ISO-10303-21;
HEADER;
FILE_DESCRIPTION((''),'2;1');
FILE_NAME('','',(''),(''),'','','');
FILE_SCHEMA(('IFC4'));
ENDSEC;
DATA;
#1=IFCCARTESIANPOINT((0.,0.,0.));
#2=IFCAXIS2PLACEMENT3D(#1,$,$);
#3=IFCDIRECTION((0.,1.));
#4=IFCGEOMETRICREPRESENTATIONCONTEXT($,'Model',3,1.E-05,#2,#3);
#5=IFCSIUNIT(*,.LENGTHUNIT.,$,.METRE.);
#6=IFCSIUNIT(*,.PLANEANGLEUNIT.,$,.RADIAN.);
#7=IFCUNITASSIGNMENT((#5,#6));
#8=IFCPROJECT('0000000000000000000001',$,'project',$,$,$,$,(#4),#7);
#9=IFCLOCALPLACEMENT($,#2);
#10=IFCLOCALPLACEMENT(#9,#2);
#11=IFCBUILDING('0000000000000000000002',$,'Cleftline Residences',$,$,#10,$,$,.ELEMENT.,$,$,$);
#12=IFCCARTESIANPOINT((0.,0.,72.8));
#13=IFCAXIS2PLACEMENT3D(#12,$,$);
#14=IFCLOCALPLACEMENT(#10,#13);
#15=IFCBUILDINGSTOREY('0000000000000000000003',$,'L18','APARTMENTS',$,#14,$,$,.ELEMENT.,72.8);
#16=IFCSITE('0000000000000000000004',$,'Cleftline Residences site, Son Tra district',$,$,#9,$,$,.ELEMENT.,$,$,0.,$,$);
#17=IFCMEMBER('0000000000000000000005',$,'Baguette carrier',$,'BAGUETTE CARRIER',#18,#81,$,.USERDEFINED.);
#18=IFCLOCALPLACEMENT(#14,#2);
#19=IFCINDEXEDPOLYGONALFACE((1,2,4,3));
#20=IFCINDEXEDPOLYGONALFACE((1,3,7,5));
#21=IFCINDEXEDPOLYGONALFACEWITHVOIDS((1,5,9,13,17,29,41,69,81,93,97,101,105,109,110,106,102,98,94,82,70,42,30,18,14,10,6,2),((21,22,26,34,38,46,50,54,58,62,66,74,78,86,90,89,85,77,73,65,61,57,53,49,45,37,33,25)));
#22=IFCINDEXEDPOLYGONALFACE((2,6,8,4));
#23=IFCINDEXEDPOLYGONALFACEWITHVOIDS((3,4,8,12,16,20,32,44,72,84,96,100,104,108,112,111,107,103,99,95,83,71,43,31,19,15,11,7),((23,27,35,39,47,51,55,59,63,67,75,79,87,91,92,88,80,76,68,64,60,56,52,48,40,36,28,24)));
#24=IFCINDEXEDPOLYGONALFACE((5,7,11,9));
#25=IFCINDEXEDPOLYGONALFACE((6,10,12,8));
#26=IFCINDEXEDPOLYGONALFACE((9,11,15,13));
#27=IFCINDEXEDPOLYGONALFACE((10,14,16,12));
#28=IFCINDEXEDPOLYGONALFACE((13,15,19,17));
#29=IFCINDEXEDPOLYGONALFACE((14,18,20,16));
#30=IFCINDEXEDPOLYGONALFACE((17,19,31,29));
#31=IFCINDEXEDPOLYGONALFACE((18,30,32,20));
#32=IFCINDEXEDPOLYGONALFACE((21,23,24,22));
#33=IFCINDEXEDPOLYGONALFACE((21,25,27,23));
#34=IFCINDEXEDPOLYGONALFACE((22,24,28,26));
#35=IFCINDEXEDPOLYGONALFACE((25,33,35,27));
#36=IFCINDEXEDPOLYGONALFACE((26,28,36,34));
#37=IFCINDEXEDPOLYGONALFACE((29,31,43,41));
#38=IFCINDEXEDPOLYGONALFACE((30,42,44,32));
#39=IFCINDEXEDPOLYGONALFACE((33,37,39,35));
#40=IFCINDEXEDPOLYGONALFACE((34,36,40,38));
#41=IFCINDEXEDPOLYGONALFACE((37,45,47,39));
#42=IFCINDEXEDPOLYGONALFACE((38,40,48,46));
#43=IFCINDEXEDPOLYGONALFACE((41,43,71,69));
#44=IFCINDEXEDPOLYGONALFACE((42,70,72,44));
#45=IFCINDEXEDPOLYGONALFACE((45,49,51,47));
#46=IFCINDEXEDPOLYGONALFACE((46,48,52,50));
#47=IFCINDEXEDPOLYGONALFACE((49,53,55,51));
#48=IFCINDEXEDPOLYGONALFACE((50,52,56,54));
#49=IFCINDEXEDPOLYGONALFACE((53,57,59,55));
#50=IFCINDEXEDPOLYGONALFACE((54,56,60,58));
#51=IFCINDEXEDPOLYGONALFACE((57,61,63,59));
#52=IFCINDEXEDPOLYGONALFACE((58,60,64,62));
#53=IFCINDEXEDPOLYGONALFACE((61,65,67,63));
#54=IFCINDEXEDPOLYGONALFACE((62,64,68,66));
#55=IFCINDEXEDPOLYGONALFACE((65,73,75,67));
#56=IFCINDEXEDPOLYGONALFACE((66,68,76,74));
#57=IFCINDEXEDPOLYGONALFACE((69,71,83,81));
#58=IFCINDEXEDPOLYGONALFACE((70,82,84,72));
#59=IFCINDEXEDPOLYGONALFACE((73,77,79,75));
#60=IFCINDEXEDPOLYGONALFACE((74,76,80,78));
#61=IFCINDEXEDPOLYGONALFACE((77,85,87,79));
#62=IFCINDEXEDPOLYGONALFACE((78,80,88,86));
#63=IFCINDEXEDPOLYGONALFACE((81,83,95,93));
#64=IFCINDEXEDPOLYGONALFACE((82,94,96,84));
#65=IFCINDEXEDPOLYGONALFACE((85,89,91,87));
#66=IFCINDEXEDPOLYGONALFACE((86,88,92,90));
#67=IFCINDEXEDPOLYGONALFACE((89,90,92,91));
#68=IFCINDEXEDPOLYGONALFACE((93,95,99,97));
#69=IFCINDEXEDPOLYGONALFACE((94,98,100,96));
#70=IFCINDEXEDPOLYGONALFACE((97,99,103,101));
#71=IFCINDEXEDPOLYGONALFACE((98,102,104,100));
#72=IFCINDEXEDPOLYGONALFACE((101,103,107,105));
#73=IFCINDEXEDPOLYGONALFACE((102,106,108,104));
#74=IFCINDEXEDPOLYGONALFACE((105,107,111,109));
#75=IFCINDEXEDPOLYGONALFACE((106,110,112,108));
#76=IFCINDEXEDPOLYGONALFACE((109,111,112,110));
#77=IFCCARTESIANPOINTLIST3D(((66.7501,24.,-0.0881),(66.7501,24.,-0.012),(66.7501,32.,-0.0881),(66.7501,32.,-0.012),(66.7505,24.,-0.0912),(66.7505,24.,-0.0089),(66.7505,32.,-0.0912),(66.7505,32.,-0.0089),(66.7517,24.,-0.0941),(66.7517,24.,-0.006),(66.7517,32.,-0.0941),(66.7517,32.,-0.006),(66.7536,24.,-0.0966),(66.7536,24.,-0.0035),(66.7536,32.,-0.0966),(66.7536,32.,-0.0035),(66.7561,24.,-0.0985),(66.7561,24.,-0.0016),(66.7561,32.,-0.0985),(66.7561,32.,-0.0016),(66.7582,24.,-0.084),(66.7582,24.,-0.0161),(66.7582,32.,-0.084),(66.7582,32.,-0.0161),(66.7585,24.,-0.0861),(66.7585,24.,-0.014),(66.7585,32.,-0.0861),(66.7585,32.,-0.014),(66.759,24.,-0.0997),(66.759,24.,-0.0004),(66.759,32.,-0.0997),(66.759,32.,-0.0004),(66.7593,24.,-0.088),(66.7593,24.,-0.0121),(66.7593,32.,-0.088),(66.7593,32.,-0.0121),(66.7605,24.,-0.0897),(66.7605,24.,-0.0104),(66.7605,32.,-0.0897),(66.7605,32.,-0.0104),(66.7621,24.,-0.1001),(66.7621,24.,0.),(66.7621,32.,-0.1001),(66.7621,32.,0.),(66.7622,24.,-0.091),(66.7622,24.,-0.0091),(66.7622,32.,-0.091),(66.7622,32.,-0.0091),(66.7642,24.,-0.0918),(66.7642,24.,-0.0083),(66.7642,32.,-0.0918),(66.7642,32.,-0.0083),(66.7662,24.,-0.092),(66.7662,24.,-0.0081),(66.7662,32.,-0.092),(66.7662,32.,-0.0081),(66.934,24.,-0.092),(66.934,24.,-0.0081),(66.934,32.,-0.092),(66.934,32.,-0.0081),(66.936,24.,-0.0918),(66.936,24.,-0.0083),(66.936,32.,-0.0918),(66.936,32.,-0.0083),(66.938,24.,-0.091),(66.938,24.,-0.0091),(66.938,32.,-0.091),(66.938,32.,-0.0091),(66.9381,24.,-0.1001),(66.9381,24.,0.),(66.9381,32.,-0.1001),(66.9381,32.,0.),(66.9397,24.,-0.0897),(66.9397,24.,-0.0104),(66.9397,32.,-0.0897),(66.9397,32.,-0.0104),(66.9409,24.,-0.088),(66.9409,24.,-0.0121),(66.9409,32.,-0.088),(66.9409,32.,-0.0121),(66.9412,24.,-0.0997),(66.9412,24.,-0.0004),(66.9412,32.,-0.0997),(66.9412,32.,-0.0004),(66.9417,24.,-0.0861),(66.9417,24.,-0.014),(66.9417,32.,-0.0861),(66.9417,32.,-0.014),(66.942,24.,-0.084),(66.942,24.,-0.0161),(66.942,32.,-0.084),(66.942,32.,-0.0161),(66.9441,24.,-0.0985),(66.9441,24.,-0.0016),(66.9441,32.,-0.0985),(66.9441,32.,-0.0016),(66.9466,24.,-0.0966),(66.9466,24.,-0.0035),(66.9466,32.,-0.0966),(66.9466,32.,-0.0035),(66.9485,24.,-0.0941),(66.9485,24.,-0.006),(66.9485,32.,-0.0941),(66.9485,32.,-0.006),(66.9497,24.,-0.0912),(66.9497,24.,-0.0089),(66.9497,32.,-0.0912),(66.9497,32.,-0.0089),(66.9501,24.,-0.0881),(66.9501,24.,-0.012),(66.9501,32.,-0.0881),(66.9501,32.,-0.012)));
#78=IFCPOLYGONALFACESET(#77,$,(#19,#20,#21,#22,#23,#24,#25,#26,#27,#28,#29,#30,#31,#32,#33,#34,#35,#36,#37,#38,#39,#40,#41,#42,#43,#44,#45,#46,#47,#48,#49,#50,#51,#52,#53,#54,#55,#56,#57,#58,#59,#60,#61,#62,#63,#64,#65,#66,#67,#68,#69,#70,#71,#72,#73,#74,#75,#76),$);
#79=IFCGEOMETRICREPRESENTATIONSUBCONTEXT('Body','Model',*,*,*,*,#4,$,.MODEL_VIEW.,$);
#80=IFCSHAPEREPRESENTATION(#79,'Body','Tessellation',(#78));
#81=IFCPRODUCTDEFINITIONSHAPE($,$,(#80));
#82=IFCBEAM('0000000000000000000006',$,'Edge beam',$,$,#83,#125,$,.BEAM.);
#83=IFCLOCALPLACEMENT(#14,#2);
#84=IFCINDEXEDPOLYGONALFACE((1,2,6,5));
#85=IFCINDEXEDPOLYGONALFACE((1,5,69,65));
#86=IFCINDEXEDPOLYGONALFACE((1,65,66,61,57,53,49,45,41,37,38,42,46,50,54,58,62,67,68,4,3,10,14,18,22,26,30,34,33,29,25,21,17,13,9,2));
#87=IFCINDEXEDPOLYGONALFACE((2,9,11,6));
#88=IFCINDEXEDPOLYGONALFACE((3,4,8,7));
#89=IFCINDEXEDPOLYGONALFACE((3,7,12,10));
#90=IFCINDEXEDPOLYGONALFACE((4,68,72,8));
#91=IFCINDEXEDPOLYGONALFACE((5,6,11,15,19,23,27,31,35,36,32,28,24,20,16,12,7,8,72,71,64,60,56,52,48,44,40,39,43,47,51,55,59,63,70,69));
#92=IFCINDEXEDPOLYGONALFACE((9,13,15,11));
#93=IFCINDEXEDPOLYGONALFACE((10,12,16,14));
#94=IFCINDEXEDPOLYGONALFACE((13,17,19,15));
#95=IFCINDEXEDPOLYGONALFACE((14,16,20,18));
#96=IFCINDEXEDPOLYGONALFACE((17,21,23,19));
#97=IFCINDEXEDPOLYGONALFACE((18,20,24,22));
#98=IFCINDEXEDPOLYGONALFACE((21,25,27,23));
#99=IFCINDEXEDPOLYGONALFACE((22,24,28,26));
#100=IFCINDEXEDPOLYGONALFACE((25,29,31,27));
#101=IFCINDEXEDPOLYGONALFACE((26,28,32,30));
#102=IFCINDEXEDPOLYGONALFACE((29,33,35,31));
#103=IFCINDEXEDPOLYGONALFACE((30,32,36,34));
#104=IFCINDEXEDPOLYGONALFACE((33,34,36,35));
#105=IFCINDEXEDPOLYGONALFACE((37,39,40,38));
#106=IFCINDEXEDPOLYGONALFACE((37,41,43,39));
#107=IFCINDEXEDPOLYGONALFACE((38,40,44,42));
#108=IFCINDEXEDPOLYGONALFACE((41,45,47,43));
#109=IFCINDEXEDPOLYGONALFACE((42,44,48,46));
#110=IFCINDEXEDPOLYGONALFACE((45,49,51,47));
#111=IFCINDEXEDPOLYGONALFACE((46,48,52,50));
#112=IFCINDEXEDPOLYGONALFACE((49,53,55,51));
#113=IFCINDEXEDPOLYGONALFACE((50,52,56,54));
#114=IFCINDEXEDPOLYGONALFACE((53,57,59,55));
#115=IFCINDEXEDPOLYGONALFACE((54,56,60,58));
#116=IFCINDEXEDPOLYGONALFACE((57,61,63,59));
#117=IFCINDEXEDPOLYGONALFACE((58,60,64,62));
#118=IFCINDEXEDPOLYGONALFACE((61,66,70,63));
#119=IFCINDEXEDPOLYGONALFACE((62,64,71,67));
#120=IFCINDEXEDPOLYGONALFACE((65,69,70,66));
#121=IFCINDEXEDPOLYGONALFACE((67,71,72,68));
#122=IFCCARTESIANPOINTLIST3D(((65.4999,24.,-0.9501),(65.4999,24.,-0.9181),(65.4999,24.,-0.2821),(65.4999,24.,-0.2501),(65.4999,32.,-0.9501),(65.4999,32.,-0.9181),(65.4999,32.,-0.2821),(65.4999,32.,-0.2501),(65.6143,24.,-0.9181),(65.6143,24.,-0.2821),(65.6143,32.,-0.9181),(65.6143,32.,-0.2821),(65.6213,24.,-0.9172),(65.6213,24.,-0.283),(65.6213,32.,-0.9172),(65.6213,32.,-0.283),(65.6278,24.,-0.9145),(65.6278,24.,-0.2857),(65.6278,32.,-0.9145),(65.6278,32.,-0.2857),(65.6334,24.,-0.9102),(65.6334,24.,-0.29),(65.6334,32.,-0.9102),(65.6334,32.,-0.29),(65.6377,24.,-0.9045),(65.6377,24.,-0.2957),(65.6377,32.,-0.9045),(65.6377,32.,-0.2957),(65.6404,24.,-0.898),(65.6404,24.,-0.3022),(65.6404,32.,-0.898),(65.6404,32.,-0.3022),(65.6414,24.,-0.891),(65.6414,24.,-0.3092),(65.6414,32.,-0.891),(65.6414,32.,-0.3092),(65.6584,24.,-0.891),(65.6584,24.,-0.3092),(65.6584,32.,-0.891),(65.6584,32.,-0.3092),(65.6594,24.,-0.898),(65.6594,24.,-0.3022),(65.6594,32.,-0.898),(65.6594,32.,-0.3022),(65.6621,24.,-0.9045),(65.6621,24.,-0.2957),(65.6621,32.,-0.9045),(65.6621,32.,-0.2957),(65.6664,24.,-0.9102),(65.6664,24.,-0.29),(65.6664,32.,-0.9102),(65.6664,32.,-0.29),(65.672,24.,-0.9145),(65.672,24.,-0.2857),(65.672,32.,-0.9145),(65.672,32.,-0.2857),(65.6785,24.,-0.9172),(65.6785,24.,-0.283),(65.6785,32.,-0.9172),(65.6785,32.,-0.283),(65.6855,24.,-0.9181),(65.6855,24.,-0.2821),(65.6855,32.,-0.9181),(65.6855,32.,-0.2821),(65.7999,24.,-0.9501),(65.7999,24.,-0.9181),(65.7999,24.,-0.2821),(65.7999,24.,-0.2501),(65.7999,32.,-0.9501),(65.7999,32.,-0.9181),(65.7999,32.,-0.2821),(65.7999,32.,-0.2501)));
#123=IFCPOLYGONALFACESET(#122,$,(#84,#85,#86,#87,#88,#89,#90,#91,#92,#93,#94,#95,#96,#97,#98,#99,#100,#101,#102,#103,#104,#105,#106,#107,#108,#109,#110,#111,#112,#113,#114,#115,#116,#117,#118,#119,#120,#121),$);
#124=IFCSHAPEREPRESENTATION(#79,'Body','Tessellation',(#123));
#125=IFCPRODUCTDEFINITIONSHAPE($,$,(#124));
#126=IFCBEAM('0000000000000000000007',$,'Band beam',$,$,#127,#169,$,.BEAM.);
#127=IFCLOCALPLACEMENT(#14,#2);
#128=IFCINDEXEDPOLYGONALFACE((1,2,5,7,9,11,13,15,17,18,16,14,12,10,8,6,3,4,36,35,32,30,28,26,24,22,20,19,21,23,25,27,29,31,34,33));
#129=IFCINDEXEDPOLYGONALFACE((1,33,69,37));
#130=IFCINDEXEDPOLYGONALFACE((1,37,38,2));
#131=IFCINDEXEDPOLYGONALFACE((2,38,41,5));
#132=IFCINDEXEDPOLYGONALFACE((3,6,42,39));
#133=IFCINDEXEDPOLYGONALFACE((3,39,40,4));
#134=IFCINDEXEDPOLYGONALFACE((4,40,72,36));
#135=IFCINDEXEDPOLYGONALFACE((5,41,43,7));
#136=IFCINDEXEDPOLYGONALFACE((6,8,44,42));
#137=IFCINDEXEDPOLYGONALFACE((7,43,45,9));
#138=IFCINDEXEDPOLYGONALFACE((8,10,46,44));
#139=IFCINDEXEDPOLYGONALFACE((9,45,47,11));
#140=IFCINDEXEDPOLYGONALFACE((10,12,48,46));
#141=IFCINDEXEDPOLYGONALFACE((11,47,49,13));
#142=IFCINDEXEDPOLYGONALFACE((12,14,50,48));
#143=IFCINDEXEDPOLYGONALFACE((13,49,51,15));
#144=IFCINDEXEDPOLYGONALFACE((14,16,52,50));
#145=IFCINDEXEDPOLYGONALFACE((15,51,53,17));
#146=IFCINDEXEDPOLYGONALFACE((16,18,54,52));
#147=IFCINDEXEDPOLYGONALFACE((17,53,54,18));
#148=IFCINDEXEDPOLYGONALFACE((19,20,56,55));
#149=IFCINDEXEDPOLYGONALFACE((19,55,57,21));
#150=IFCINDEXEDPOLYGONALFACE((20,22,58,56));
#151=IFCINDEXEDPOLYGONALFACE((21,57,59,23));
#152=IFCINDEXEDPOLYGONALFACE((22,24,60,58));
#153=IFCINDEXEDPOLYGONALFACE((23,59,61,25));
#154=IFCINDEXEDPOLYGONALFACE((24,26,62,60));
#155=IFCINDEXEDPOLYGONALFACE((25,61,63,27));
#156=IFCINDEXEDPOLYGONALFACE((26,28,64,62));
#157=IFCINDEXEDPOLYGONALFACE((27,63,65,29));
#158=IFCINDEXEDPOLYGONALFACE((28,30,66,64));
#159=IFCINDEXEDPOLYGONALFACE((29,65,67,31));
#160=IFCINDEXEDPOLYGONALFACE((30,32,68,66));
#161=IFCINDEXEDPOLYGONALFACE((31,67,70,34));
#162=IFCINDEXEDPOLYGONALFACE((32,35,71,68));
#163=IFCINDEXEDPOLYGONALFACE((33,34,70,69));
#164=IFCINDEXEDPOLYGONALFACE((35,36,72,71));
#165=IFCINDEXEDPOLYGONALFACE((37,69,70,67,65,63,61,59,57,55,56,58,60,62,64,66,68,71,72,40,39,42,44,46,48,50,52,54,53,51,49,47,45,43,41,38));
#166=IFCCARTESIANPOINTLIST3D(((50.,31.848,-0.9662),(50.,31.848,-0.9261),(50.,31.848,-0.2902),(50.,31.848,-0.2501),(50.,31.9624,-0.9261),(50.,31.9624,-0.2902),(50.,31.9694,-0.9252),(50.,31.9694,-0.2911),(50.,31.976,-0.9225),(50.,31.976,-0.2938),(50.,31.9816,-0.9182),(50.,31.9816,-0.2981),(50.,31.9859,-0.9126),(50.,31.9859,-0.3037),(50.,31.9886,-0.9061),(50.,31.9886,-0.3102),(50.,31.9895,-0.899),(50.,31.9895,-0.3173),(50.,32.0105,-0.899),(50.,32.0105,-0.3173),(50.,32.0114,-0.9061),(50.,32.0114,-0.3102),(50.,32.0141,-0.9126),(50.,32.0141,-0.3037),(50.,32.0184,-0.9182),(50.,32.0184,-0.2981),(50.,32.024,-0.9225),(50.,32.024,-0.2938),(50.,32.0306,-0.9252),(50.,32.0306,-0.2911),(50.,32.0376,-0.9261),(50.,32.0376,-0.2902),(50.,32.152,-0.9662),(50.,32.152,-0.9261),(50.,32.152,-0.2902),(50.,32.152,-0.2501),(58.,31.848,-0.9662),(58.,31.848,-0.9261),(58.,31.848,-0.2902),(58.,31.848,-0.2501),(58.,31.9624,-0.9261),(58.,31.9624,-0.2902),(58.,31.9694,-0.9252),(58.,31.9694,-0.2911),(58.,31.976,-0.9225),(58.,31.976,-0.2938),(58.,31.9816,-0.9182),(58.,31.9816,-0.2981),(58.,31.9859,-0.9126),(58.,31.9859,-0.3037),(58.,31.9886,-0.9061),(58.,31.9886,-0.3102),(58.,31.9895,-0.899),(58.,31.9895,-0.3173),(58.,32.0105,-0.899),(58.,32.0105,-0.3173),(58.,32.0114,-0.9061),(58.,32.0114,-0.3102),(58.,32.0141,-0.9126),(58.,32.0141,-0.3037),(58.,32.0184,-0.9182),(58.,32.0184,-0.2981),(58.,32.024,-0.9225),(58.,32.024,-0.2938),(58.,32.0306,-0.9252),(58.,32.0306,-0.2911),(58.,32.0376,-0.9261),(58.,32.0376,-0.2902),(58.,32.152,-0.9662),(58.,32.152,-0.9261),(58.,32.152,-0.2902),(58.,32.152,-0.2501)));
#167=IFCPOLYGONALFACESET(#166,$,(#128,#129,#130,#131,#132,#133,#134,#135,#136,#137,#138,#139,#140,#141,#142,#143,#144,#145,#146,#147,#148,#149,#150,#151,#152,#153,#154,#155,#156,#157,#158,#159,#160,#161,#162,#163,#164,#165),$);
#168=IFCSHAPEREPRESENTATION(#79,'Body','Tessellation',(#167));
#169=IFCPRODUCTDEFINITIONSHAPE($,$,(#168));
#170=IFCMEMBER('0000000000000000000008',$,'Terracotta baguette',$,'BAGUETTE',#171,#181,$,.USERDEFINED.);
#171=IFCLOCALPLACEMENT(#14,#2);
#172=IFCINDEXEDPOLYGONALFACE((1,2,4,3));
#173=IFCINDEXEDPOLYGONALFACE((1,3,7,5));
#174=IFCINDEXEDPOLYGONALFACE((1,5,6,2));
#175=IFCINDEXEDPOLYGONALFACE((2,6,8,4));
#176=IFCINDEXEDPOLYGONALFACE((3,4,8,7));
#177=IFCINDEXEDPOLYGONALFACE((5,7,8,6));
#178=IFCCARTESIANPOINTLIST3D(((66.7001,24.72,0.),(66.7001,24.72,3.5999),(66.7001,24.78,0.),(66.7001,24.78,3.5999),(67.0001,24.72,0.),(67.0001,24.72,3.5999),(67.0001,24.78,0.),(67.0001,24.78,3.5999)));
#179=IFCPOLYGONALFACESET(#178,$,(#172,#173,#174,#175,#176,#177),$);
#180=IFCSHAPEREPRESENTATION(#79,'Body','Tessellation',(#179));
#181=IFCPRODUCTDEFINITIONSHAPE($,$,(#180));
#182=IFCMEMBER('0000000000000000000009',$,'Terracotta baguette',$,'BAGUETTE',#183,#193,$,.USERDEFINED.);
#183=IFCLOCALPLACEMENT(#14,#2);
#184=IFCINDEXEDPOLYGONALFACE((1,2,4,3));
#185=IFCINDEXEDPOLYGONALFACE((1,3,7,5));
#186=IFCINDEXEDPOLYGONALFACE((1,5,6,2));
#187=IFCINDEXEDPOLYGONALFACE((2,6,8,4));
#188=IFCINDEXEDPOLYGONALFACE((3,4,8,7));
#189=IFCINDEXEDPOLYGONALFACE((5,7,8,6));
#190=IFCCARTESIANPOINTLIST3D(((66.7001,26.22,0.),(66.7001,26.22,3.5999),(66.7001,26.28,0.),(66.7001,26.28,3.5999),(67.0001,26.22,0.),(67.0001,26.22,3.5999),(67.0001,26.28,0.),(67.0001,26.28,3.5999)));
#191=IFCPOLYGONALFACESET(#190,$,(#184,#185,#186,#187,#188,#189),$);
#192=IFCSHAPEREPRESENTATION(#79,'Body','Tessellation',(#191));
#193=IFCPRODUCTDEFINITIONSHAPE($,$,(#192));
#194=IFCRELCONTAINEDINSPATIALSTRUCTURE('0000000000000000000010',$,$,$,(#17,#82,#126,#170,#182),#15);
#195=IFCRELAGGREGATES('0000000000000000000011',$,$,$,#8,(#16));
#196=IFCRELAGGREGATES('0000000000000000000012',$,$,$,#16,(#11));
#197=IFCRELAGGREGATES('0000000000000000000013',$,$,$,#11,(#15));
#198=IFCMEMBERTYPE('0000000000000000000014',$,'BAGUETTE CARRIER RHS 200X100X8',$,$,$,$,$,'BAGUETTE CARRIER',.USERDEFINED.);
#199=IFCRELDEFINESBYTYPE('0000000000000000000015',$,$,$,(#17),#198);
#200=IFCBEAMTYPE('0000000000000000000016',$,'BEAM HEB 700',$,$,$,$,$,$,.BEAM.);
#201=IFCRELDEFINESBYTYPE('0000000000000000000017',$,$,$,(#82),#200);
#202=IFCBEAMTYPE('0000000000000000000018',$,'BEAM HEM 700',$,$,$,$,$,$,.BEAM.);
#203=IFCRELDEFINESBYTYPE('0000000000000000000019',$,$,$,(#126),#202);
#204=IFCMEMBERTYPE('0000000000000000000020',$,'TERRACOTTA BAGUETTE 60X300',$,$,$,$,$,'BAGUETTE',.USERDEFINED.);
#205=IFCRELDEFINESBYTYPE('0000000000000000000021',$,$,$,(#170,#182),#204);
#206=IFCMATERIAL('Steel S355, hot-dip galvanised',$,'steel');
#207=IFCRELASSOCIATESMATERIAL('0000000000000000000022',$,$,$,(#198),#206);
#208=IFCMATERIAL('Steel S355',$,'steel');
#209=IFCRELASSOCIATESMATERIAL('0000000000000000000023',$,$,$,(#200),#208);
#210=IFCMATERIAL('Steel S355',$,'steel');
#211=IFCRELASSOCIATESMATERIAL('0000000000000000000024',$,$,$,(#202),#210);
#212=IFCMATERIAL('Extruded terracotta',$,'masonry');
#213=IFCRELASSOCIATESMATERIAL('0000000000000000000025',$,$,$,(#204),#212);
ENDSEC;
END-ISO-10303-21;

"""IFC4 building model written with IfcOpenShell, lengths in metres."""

from ifc_helpers import new_model, si_unit, direction, frame, origin, origin_2d, place, context, subcontext, project, spatial, rectangle, hollow_rectangle, i_section, extrude, material, material_profile, profile_set, type_object, element, save


model = new_model("IFC4")

# Units and contexts
model_context = context("Model", 3, precision=1e-05, world=origin(), true_north=direction((0.0, 1.0)))
body_context = subcontext(model_context, "Body", "Model", "MODEL_VIEW")
ifc_project = project(units=[si_unit("LENGTHUNIT", "METRE"), si_unit("PLANEANGLEUNIT", "RADIAN")], contexts=[model_context])

# Site, building, storey
site_placement = place(None, origin())
site = spatial("IfcSite", under=ifc_project, at=site_placement, Name="Cleftline Residences site, Son Tra district", CompositionType="ELEMENT", RefElevation=0.0)
building_placement = place(site_placement, origin())
building = spatial("IfcBuilding", under=site, at=building_placement, Name="Cleftline Residences", CompositionType="ELEMENT")
storey_placement = place(building_placement, frame((0.0, 0.0, 72.8)))
storey = spatial("IfcBuildingStorey", under=building, at=storey_placement, Name="L18", Description="APARTMENTS", CompositionType="ELEMENT", Elevation=72.8)

# Member
ifc_material_1 = material(Name="Steel S355, hot-dip galvanised", Category="steel")
ifc_material_profile_1 = material_profile(ifc_material_1, hollow_rectangle(XDim=0.1001, YDim=0.2, WallThickness=0.0081, InnerFilletRadius=0.0081, OuterFilletRadius=0.012, at=origin_2d()))
ifc_profile_set_1 = profile_set([ifc_material_profile_1], Name="Steel S355, hot-dip galvanised")
member_type_1 = type_object("IfcMemberType", Name="BAGUETTE CARRIER RHS 200X100X8", ElementType="BAGUETTE CARRIER", PredefinedType="USERDEFINED", material=ifc_profile_set_1)
member_1_placement = place(storey_placement, frame((66.8501, 24.0, -0.05), z_axis=(0.0, 1.0, 0.0), x_axis=(0.0, 0.0, 1.0)))
element("IfcMember", 1, at=member_1_placement, inside=storey, type_object=member_type_1, Name="Baguette carrier", ObjectType="BAGUETTE CARRIER", PredefinedType="USERDEFINED", context=body_context, shape_type="SweptSolid", body=[
    extrude(hollow_rectangle(XDim=0.1001, YDim=0.2, WallThickness=0.0081, InnerFilletRadius=0.0081, OuterFilletRadius=0.012, at=origin_2d()), origin(), (0.0, 0.0, 1.0), 8.0),
])

# Beams
ifc_material_2 = material(Name="Steel S355", Category="steel")
ifc_material_profile_2 = material_profile(ifc_material_2, i_section(OverallWidth=0.3, OverallDepth=0.7, WebThickness=0.0171, FlangeThickness=0.032, FilletRadius=0.0271, at=origin_2d()))
ifc_profile_set_2 = profile_set([ifc_material_profile_2], Name="Steel S355")
beam_type_1 = type_object("IfcBeamType", Name="BEAM HEB 700", PredefinedType="BEAM", material=ifc_profile_set_2)
beam_1_placement = place(storey_placement, frame((65.6499, 24.0, -0.6001), z_axis=(0.0, 1.0, 0.0), x_axis=(-1.0, 0.0, 0.0)))
element("IfcBeam", 2, at=beam_1_placement, inside=storey, type_object=beam_type_1, Name="Edge beam", PredefinedType="BEAM", context=body_context, shape_type="SweptSolid", body=[
    extrude(i_section(OverallWidth=0.3, OverallDepth=0.7, WebThickness=0.0171, FlangeThickness=0.032, FilletRadius=0.0271, at=origin_2d()), origin(), (0.0, 0.0, 1.0), 8.0),
])
ifc_material_3 = material(Name="Steel S355", Category="steel")
ifc_material_profile_3 = material_profile(ifc_material_3, i_section(OverallWidth=0.304, OverallDepth=0.7161, WebThickness=0.021, FlangeThickness=0.04, FilletRadius=0.0271, at=origin_2d()))
ifc_profile_set_3 = profile_set([ifc_material_profile_3], Name="Steel S355")
beam_type_2 = type_object("IfcBeamType", Name="BEAM HEM 700", PredefinedType="BEAM", material=ifc_profile_set_3)
beam_2_placement = place(storey_placement, frame((58.0, 32.0, -0.6082), z_axis=(-1.0, 0.0, 0.0), x_axis=(0.0, -1.0, 0.0)))
element("IfcBeam", 3, at=beam_2_placement, inside=storey, type_object=beam_type_2, Name="Band beam", PredefinedType="BEAM", context=body_context, shape_type="SweptSolid", body=[
    extrude(i_section(OverallWidth=0.304, OverallDepth=0.7161, WebThickness=0.021, FlangeThickness=0.04, FilletRadius=0.0271, at=origin_2d()), origin(), (0.0, 0.0, 1.0), 8.0),
])

# Members
ifc_material_4 = material(Name="Extruded terracotta", Category="masonry")
ifc_material_profile_4 = material_profile(ifc_material_4, rectangle(XDim=0.0601, YDim=0.3, at=origin_2d()))
ifc_profile_set_4 = profile_set([ifc_material_profile_4], Name="Extruded terracotta")
member_type_2 = type_object("IfcMemberType", Name="TERRACOTTA BAGUETTE 60X300", ElementType="BAGUETTE", PredefinedType="USERDEFINED", material=ifc_profile_set_4)
for number, where, z_axis, x_axis, name in (
    (4, (66.8501, 24.75, 0.0), (0.0, 0.0, 1.0), (0.0, 1.0, 0.0), "Terracotta baguette"),
    (5, (66.8501, 26.25, 0.0), (0.0, 0.0, 1.0), (0.0, 1.0, 0.0), "Terracotta baguette"),
):
    element("IfcMember", number, at=place(storey_placement, frame(where, z_axis=z_axis, x_axis=x_axis)), inside=storey, type_object=member_type_2, Name=name, ObjectType="BAGUETTE", PredefinedType="USERDEFINED", context=body_context, shape_type="SweptSolid", body=[
        extrude(rectangle(XDim=0.0601, YDim=0.3, at=origin_2d()), origin(), (0.0, 0.0, 1.0), 3.5999),
    ])

save(model, "model.ifc")
